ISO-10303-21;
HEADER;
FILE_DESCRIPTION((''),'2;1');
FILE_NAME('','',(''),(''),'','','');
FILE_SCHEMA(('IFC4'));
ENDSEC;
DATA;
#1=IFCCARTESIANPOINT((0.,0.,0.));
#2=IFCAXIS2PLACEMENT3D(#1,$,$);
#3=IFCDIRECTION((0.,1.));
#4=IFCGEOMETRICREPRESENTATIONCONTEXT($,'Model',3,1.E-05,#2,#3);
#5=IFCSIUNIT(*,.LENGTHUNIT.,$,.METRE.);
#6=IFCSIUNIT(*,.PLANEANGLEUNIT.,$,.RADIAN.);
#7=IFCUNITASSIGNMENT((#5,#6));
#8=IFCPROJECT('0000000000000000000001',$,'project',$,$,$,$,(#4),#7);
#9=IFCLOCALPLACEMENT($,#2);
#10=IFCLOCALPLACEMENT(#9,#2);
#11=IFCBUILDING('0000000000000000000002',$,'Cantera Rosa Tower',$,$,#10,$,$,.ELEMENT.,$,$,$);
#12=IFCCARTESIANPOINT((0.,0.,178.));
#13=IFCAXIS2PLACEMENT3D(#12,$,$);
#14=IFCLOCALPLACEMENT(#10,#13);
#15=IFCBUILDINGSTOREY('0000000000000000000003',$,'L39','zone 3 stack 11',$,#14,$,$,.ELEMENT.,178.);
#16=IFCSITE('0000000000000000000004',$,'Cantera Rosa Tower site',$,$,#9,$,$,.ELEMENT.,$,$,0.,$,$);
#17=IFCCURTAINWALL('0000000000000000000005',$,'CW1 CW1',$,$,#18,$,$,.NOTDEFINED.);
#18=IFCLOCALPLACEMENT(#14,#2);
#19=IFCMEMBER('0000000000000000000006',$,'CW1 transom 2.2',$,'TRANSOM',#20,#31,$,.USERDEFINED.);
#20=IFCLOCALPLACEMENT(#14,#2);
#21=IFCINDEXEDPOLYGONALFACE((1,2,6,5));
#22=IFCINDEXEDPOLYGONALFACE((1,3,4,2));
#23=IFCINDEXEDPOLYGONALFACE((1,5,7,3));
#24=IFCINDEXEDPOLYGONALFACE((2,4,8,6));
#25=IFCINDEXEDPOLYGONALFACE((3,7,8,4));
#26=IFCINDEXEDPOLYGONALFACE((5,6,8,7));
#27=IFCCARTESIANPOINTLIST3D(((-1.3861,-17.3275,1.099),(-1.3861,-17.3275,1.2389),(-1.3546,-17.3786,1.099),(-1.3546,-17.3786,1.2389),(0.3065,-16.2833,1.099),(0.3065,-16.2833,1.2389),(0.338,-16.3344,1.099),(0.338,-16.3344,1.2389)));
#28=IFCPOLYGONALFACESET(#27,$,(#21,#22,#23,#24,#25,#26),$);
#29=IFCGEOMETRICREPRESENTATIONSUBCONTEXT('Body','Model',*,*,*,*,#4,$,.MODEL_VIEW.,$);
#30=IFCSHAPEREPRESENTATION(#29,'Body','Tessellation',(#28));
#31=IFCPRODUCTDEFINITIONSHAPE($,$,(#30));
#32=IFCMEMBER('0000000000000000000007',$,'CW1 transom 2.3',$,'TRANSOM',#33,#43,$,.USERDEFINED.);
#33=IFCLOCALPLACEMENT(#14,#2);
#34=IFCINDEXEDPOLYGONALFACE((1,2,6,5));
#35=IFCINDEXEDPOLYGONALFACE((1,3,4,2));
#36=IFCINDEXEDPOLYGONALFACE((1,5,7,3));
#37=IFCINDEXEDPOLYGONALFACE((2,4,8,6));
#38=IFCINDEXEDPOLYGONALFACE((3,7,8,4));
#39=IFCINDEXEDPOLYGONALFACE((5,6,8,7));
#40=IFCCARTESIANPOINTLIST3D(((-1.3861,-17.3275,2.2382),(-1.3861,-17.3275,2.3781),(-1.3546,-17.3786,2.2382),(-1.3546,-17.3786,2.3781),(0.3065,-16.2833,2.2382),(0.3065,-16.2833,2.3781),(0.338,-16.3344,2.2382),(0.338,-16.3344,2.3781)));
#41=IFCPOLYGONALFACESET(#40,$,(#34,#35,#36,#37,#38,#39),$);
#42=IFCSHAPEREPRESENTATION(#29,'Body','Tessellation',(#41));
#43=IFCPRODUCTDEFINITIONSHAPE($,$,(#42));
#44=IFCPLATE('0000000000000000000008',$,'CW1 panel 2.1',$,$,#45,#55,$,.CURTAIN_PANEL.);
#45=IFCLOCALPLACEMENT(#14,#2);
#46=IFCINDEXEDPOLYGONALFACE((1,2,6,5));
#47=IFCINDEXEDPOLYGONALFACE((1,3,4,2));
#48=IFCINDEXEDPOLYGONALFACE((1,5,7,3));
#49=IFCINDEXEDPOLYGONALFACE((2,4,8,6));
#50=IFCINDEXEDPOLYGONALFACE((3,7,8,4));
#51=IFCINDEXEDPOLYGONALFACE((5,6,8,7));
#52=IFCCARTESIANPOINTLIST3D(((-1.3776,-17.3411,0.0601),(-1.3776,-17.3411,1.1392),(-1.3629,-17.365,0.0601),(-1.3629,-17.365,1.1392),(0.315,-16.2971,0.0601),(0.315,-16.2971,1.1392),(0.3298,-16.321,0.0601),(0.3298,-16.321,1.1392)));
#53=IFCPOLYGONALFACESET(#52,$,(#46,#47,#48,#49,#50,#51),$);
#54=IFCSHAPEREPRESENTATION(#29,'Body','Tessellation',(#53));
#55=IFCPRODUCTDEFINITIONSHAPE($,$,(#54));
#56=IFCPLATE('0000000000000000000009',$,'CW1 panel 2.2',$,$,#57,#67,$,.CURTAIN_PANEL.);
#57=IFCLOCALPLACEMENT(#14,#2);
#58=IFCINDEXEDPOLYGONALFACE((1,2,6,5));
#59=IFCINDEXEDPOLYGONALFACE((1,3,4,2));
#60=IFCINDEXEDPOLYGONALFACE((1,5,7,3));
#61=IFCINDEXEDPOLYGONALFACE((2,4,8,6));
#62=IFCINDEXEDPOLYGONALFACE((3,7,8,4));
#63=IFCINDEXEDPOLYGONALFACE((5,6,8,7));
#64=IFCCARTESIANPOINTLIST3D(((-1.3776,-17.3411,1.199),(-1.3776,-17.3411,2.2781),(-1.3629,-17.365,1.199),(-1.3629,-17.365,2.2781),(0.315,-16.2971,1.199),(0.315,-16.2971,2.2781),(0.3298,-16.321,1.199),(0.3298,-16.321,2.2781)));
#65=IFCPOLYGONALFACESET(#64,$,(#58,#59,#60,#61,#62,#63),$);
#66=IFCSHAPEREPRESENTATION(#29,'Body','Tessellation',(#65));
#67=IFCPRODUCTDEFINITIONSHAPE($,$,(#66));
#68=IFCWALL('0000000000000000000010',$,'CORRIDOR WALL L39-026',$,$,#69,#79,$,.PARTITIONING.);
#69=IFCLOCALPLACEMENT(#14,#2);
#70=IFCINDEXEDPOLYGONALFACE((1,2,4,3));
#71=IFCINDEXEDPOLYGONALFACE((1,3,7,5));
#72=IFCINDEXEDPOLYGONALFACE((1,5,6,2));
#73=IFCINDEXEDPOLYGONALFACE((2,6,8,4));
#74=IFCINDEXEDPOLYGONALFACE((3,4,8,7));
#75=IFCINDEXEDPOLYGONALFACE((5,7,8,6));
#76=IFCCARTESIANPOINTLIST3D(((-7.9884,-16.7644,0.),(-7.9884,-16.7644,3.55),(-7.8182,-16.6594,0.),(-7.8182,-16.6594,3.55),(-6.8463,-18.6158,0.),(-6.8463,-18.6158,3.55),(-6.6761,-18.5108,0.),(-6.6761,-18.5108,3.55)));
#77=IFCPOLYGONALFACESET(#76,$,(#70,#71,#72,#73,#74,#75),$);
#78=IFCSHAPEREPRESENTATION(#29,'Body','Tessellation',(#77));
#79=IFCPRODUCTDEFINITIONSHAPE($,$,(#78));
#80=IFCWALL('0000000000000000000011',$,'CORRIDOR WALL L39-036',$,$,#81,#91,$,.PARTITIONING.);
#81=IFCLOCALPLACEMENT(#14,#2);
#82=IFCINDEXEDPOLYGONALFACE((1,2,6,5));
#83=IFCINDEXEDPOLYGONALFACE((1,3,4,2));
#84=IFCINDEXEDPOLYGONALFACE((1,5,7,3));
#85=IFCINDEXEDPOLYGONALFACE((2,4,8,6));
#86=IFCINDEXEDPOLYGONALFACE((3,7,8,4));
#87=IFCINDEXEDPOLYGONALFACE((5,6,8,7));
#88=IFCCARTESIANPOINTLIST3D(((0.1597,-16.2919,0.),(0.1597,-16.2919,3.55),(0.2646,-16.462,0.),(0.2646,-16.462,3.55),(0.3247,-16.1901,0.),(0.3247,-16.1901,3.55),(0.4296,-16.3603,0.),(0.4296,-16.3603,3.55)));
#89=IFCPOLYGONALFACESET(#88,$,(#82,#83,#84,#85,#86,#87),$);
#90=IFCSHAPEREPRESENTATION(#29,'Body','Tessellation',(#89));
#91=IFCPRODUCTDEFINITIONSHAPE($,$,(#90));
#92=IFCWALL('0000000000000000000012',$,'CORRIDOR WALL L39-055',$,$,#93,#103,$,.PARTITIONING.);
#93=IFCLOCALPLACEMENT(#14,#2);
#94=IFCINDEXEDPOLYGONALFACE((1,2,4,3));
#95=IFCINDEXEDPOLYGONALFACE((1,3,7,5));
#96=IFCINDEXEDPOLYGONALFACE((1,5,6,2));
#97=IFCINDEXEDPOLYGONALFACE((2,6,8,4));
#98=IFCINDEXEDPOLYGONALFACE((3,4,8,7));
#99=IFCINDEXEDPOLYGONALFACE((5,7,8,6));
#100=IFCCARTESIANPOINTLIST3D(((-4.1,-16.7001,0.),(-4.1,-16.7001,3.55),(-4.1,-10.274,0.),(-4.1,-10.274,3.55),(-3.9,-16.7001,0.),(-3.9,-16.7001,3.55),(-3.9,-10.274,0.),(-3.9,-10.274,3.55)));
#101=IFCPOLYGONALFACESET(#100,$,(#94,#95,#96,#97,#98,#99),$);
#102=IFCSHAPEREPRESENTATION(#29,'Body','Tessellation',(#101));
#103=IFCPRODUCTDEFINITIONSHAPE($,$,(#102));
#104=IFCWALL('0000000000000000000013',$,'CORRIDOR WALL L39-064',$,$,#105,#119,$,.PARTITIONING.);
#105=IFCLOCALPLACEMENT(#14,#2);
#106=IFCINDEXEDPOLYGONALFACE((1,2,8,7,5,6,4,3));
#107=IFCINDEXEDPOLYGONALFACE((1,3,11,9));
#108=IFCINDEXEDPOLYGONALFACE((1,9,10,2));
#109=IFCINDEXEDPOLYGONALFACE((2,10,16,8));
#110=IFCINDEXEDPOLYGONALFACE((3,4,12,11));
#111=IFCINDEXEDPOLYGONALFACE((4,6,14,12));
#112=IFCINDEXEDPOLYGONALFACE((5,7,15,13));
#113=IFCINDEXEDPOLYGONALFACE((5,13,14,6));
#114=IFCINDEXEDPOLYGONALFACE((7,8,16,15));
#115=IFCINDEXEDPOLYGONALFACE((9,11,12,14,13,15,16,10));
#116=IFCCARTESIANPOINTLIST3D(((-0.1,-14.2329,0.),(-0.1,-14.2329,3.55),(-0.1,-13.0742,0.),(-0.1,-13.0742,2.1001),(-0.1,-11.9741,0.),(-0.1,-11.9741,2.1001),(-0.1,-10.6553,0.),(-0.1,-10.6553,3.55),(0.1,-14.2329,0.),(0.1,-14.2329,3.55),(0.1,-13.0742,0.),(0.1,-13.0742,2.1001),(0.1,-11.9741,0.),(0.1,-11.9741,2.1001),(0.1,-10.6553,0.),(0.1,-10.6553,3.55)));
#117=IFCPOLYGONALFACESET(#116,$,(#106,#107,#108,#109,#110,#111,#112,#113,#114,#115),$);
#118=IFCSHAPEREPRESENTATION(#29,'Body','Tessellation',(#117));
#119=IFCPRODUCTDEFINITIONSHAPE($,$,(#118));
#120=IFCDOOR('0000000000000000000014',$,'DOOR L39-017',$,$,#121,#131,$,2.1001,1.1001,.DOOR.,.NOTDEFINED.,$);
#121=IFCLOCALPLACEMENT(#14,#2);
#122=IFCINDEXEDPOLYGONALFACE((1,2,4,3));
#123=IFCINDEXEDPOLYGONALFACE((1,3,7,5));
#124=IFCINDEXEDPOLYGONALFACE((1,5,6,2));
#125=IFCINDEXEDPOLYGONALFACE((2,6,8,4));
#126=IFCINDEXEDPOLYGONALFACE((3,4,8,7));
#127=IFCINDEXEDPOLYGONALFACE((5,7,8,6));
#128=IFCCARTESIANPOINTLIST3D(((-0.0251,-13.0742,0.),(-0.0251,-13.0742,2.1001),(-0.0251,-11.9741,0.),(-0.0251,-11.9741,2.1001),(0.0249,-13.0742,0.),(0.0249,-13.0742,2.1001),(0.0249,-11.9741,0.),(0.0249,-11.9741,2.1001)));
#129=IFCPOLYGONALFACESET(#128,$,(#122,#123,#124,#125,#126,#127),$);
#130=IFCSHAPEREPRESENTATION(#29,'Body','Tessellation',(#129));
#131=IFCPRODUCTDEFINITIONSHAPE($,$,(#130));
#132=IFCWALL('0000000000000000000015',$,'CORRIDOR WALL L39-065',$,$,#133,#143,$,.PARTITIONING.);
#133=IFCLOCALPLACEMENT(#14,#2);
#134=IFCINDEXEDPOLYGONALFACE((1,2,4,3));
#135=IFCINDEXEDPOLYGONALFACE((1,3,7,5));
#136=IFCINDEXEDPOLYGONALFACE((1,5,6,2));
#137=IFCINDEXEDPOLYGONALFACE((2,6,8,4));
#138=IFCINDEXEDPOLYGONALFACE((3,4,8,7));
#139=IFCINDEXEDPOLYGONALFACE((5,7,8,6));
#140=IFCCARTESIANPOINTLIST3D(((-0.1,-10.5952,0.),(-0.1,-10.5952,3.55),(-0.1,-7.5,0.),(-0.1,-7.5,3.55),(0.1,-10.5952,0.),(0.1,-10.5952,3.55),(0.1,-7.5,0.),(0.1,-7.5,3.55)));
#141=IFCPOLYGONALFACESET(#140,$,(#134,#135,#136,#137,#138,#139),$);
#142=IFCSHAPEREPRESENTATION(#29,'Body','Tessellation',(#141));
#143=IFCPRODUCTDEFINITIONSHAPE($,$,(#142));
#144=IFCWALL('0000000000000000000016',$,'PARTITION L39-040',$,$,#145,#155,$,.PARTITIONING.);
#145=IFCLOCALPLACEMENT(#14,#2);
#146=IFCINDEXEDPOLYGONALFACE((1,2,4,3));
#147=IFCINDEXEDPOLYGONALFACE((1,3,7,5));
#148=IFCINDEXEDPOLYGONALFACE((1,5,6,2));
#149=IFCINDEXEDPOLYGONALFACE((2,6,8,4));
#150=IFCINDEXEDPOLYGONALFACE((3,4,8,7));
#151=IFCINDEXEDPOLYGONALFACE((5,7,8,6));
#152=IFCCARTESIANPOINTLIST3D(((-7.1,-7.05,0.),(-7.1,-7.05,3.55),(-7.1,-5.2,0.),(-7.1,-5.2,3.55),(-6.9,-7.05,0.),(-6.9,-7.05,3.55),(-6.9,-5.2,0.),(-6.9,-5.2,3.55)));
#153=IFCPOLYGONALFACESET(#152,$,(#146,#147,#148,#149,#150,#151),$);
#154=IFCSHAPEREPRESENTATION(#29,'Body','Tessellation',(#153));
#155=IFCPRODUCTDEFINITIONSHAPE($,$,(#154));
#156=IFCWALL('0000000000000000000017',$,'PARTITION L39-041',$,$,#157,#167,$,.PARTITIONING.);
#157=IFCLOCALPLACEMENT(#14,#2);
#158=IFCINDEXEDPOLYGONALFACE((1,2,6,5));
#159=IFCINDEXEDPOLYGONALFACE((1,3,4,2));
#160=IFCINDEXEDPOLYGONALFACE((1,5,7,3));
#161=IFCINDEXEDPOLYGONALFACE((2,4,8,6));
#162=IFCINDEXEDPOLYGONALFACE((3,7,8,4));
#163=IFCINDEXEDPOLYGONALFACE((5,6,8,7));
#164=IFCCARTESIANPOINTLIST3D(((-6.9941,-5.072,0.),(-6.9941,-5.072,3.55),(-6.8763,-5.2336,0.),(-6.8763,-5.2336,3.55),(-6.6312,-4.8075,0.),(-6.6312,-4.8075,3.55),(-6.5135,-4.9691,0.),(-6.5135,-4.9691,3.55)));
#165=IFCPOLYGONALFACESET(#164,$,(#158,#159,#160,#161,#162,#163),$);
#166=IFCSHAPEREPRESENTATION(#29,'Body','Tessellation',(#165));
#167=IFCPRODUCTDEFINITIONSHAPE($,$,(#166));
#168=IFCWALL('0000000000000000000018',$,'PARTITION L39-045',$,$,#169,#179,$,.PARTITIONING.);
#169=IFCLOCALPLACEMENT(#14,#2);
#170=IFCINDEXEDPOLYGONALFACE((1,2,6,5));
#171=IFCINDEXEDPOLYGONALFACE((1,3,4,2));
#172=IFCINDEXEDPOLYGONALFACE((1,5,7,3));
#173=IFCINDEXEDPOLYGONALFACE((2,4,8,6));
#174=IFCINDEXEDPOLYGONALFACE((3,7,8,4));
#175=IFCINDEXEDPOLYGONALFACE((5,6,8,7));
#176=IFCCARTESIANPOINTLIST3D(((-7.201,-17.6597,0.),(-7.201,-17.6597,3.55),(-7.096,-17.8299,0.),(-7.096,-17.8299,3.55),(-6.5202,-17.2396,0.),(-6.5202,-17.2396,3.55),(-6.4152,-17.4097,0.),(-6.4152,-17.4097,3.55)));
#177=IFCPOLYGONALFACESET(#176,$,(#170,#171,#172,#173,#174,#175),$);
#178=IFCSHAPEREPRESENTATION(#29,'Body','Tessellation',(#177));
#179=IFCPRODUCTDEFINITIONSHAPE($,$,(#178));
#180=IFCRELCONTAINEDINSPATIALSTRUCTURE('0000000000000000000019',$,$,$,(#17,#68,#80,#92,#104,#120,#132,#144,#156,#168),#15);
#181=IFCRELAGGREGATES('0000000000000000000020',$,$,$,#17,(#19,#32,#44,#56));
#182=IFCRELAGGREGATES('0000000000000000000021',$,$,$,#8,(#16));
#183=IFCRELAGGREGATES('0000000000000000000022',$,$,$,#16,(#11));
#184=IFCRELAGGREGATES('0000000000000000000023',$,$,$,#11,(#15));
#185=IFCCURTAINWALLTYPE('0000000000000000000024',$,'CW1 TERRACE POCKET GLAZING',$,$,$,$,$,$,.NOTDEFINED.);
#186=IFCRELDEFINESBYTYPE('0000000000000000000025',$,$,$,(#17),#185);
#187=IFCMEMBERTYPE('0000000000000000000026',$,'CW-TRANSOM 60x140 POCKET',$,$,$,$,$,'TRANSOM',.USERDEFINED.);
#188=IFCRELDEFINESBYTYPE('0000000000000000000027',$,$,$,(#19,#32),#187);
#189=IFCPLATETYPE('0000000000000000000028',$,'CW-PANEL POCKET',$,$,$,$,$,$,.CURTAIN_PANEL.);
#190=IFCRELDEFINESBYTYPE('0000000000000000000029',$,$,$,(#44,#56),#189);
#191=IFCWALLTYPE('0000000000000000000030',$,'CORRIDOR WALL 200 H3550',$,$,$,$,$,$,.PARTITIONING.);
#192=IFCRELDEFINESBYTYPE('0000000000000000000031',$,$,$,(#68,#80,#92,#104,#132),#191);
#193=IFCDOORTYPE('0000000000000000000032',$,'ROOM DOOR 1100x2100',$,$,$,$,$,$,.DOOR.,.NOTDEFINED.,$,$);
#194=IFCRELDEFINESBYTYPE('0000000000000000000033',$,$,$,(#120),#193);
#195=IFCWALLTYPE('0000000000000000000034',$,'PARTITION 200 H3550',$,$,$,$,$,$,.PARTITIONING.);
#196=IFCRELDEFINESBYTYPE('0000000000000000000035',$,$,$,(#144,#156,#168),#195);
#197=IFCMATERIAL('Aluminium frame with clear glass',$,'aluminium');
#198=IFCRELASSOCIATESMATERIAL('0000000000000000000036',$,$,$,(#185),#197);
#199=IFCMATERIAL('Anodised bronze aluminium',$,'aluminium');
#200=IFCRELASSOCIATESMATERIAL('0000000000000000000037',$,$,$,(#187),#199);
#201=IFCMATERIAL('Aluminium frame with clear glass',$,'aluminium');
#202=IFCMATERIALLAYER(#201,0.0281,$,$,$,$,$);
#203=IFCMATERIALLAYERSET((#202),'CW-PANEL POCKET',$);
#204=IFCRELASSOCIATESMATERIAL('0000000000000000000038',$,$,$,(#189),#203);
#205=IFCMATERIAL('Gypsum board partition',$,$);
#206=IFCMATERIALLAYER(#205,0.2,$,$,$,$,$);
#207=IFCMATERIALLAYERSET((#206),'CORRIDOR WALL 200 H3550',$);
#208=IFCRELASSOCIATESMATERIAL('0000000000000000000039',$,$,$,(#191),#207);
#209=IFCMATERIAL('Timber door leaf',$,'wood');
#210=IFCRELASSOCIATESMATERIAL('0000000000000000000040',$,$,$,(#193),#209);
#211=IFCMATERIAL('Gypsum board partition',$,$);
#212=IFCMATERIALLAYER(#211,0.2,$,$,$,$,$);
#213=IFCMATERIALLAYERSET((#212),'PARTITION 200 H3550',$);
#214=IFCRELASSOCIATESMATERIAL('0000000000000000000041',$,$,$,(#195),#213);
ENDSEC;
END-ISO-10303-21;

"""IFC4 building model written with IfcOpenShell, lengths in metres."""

from ifc_helpers import new_model, si_unit, direction, frame, frame_2d, origin, origin_2d, place, context, subcontext, project, spatial, rectangle, extrude, material, layer, layer_set, material_profile, profile_set, type_object, element, fill, aggregate, save


model = new_model("IFC4")

# Units and contexts
model_context = context("Model", 3, precision=1e-05, world=origin(), true_north=direction((0.0, 1.0)))
body_context = subcontext(model_context, "Body", "Model", "MODEL_VIEW")
ifc_project = project(units=[si_unit("LENGTHUNIT", "METRE"), si_unit("PLANEANGLEUNIT", "RADIAN")], contexts=[model_context])

# Site, building, storey
site_placement = place(None, origin())
site = spatial("IfcSite", under=ifc_project, at=site_placement, Name="Cantera Rosa Tower site", CompositionType="ELEMENT", RefElevation=0.0)
building_placement = place(site_placement, origin())
building = spatial("IfcBuilding", under=site, at=building_placement, Name="Cantera Rosa Tower", CompositionType="ELEMENT")
storey_placement = place(building_placement, frame((0.0, 0.0, 178.0)))
storey = spatial("IfcBuildingStorey", under=building, at=storey_placement, Name="L39", Description="zone 3 stack 11", CompositionType="ELEMENT", Elevation=178.0)

# Curtain wall, members, plates
ifc_material_1 = material(Name="Aluminium frame with clear glass", Category="aluminium")
curtain_wall_type = type_object("IfcCurtainWallType", Name="CW1 TERRACE POCKET GLAZING", PredefinedType="NOTDEFINED", material=ifc_material_1)
curtain_wall_placement = place(storey_placement, origin())
curtain_wall = element("IfcCurtainWall", 1, at=curtain_wall_placement, inside=storey, type_object=curtain_wall_type, Name="CW1 CW1", PredefinedType="NOTDEFINED")
ifc_material_2 = material(Name="Anodised bronze aluminium", Category="aluminium")
ifc_material_profile = material_profile(ifc_material_2, rectangle(XDim=0.0601, YDim=0.1399, at=origin_2d()), Name="CW-TRANSOM 60x140 POCKET")
ifc_profile_set = profile_set([ifc_material_profile], Name="Anodised bronze aluminium")
member_type = type_object("IfcMemberType", Name="CW-TRANSOM 60x140 POCKET", ElementType="TRANSOM", PredefinedType="USERDEFINED", material=ifc_profile_set)
member_1_placement = place(storey_placement, frame((-1.3704, -17.353, 1.1689), z_axis=(0.85108, 0.525035, 0.0), x_axis=(-0.525035, 0.85108, 0.0)))
member_1 = element("IfcMember", 2, at=member_1_placement, type_object=member_type, Name="CW1 transom 2.2", ObjectType="TRANSOM", PredefinedType="USERDEFINED", context=body_context, shape_type="SweptSolid", body=[
    extrude(rectangle(XDim=0.0601, YDim=0.1399, at=origin_2d()), origin(), (0.0, 0.0, 1.0), 1.9888),
])
member_2_placement = place(storey_placement, frame((-1.3704, -17.353, 2.3081), z_axis=(0.85108, 0.525035, 0.0), x_axis=(-0.525035, 0.85108, 0.0)))
member_2 = element("IfcMember", 3, at=member_2_placement, type_object=member_type, Name="CW1 transom 2.3", ObjectType="TRANSOM", PredefinedType="USERDEFINED", context=body_context, shape_type="SweptSolid", body=[
    extrude(rectangle(XDim=0.0601, YDim=0.1399, at=origin_2d()), origin(), (0.0, 0.0, 1.0), 1.9888),
])
ifc_material_3 = material(Name="Aluminium frame with clear glass", Category="aluminium")
ifc_layer_1 = layer(ifc_material_3, 0.0281)
ifc_layer_set_1 = layer_set([ifc_layer_1], Name="CW-PANEL POCKET")
plate_type = type_object("IfcPlateType", Name="CW-PANEL POCKET", PredefinedType="CURTAIN_PANEL", material=ifc_layer_set_1)
plate_1_placement = place(storey_placement, frame((-0.5239, -16.8311, 0.0601), z_axis=(0.0, 0.0, 1.0), x_axis=(0.851117, 0.524977, 0.0)))
plate_1 = element("IfcPlate", 4, at=plate_1_placement, type_object=plate_type, Name="CW1 panel 2.1", PredefinedType="CURTAIN_PANEL", context=body_context, shape_type="SweptSolid", body=[
    extrude(rectangle(XDim=1.9888, YDim=0.0281, at=origin_2d()), origin(), (0.0, 0.0, 1.0), 1.0791),
])
plate_2_placement = place(storey_placement, frame((-0.5239, -16.8311, 1.199), z_axis=(0.0, 0.0, 1.0), x_axis=(0.851117, 0.524977, 0.0)))
plate_2 = element("IfcPlate", 5, at=plate_2_placement, type_object=plate_type, Name="CW1 panel 2.2", PredefinedType="CURTAIN_PANEL", context=body_context, shape_type="SweptSolid", body=[
    extrude(rectangle(XDim=1.9888, YDim=0.0281, at=origin_2d()), origin(), (0.0, 0.0, 1.0), 1.0791),
])
aggregate(curtain_wall, [member_1, member_2, plate_1, plate_2])

# Walls
ifc_material_4 = material(Name="Gypsum board partition")
ifc_layer_2 = layer(ifc_material_4, 0.2)
ifc_layer_set_2 = layer_set([ifc_layer_2], Name="CORRIDOR WALL 200 H3550")
wall_type_1 = type_object("IfcWallType", Name="CORRIDOR WALL 200 H3550", PredefinedType="PARTITIONING", material=ifc_layer_set_2)
wall_1_placement = place(storey_placement, frame((-7.9033, -16.7119, 0.0), z_axis=(0.0, 0.0, 1.0), x_axis=(0.525036, -0.85108, 0.0)))
element("IfcWall", 6, at=wall_1_placement, inside=storey, type_object=wall_type_1, Name="CORRIDOR WALL L39-026", PredefinedType="PARTITIONING", context=body_context, shape_type="SweptSolid", body=[
    extrude(rectangle(XDim=2.1753, YDim=0.2, at=frame_2d((1.0876, 0.0))), origin(), (0.0, 0.0, 1.0), 3.55),
])
wall_2_placement = place(storey_placement, frame((0.2122, -16.377, 0.0), z_axis=(0.0, 0.0, 1.0), x_axis=(0.851096, 0.52501, 0.0)))
element("IfcWall", 7, at=wall_2_placement, inside=storey, type_object=wall_type_1, Name="CORRIDOR WALL L39-036", PredefinedType="PARTITIONING", context=body_context, shape_type="SweptSolid", body=[
    extrude(rectangle(XDim=0.1938, YDim=0.2, at=frame_2d((0.0969, 0.0))), origin(), (0.0, 0.0, 1.0), 3.55),
])
wall_3_placement = place(storey_placement, frame((-4.0, -10.2742, 0.0), z_axis=(0.0, 0.0, 1.0), x_axis=(0.0, -1.0, 0.0)))
element("IfcWall", 8, at=wall_3_placement, inside=storey, type_object=wall_type_1, Name="CORRIDOR WALL L39-055", PredefinedType="PARTITIONING", context=body_context, shape_type="SweptSolid", body=[
    extrude(rectangle(XDim=6.426, YDim=0.2, at=frame_2d((3.2129, 0.0))), origin(), (0.0, 0.0, 1.0), 3.55),
])

# Wall, opening, door
wall_4_placement = place(storey_placement, frame((0.0, -10.6553, 0.0), z_axis=(0.0, 0.0, 1.0), x_axis=(0.0, -1.0, 0.0)))
wall_4 = element("IfcWall", 9, at=wall_4_placement, inside=storey, type_object=wall_type_1, Name="CORRIDOR WALL L39-064", PredefinedType="PARTITIONING", context=body_context, shape_type="SweptSolid", body=[
    extrude(rectangle(XDim=3.5776, YDim=0.2, at=frame_2d((1.7888, 0.0))), origin(), (0.0, 0.0, 1.0), 3.55),
])
opening_placement = place(wall_4_placement, frame((1.3188, 0.0, 0.0)))
opening = element("IfcOpeningElement", 10, at=opening_placement, cuts=wall_4, PredefinedType="OPENING", context=body_context, shape_type="SweptSolid", body=[
    extrude(rectangle(XDim=1.1001, YDim=2.1001, at=frame_2d((0.55, 1.05))), frame((0.0, 0.1099, 0.0), z_axis=(0.0, -1.0, 0.0), x_axis=(1.0, 0.0, 0.0)), (0.0, 0.0, 1.0), 0.22),
])
ifc_material_5 = material(Name="Timber door leaf", Category="wood")
door_type = type_object("IfcDoorType", Name="ROOM DOOR 1100x2100", OperationType="NOTDEFINED", PredefinedType="DOOR", material=ifc_material_5)
door_placement = place(opening_placement, origin())
door = element("IfcDoor", 11, at=door_placement, inside=storey, type_object=door_type, Name="DOOR L39-017", OperationType="NOTDEFINED", OverallHeight=2.1001, OverallWidth=1.1001, PredefinedType="DOOR", context=body_context, shape_type="SweptSolid", body=[
    extrude(rectangle(XDim=1.1001, YDim=2.1001, at=frame_2d((0.55, 1.05))), frame((0.0, 0.0249, 0.0), z_axis=(0.0, -1.0, 0.0), x_axis=(1.0, 0.0, 0.0)), (0.0, 0.0, 1.0), 0.05),
])
fill(opening, door)

# Walls
wall_5_placement = place(storey_placement, frame((0.0, -7.5, 0.0), z_axis=(0.0, 0.0, 1.0), x_axis=(0.0, -1.0, 0.0)))
element("IfcWall", 12, at=wall_5_placement, inside=storey, type_object=wall_type_1, Name="CORRIDOR WALL L39-065", PredefinedType="PARTITIONING", context=body_context, shape_type="SweptSolid", body=[
    extrude(rectangle(XDim=3.0952, YDim=0.2, at=frame_2d((1.5476, 0.0))), origin(), (0.0, 0.0, 1.0), 3.55),
])
ifc_material_6 = material(Name="Gypsum board partition")
ifc_layer_3 = layer(ifc_material_6, 0.2)
ifc_layer_set_3 = layer_set([ifc_layer_3], Name="PARTITION 200 H3550")
wall_type_2 = type_object("IfcWallType", Name="PARTITION 200 H3550", PredefinedType="PARTITIONING", material=ifc_layer_set_3)
wall_6_placement = place(storey_placement, frame((-7.0, -7.05, 0.0), z_axis=(0.0, 0.0, 1.0), x_axis=(0.0, 1.0, 0.0)))
element("IfcWall", 13, at=wall_6_placement, inside=storey, type_object=wall_type_2, Name="PARTITION L39-040", PredefinedType="PARTITIONING", context=body_context, shape_type="SweptSolid", body=[
    extrude(rectangle(XDim=1.8501, YDim=0.2, at=frame_2d((0.925, 0.0))), origin(), (0.0, 0.0, 1.0), 3.55),
])
wall_7_placement = place(storey_placement, frame((-6.9353, -5.1528, 0.0), z_axis=(0.0, 0.0, 1.0), x_axis=(0.808148, 0.58898, 0.0)))
element("IfcWall", 14, at=wall_7_placement, inside=storey, type_object=wall_type_2, Name="PARTITION L39-041", PredefinedType="PARTITIONING", context=body_context, shape_type="SweptSolid", body=[
    extrude(rectangle(XDim=0.449, YDim=0.2, at=frame_2d((0.2246, 0.0))), origin(), (0.0, 0.0, 1.0), 3.55),
])
wall_8_placement = place(storey_placement, frame((-6.4678, -17.3247, 0.0), z_axis=(0.0, 0.0, 1.0), x_axis=(-0.851019, -0.525136, 0.0)))
element("IfcWall", 15, at=wall_8_placement, inside=storey, type_object=wall_type_2, Name="PARTITION L39-045", PredefinedType="PARTITIONING", context=body_context, shape_type="SweptSolid", body=[
    extrude(rectangle(XDim=0.8, YDim=0.2, at=frame_2d((0.3999, 0.0))), origin(), (0.0, 0.0, 1.0), 3.55),
])

save(model, "model.ifc")
